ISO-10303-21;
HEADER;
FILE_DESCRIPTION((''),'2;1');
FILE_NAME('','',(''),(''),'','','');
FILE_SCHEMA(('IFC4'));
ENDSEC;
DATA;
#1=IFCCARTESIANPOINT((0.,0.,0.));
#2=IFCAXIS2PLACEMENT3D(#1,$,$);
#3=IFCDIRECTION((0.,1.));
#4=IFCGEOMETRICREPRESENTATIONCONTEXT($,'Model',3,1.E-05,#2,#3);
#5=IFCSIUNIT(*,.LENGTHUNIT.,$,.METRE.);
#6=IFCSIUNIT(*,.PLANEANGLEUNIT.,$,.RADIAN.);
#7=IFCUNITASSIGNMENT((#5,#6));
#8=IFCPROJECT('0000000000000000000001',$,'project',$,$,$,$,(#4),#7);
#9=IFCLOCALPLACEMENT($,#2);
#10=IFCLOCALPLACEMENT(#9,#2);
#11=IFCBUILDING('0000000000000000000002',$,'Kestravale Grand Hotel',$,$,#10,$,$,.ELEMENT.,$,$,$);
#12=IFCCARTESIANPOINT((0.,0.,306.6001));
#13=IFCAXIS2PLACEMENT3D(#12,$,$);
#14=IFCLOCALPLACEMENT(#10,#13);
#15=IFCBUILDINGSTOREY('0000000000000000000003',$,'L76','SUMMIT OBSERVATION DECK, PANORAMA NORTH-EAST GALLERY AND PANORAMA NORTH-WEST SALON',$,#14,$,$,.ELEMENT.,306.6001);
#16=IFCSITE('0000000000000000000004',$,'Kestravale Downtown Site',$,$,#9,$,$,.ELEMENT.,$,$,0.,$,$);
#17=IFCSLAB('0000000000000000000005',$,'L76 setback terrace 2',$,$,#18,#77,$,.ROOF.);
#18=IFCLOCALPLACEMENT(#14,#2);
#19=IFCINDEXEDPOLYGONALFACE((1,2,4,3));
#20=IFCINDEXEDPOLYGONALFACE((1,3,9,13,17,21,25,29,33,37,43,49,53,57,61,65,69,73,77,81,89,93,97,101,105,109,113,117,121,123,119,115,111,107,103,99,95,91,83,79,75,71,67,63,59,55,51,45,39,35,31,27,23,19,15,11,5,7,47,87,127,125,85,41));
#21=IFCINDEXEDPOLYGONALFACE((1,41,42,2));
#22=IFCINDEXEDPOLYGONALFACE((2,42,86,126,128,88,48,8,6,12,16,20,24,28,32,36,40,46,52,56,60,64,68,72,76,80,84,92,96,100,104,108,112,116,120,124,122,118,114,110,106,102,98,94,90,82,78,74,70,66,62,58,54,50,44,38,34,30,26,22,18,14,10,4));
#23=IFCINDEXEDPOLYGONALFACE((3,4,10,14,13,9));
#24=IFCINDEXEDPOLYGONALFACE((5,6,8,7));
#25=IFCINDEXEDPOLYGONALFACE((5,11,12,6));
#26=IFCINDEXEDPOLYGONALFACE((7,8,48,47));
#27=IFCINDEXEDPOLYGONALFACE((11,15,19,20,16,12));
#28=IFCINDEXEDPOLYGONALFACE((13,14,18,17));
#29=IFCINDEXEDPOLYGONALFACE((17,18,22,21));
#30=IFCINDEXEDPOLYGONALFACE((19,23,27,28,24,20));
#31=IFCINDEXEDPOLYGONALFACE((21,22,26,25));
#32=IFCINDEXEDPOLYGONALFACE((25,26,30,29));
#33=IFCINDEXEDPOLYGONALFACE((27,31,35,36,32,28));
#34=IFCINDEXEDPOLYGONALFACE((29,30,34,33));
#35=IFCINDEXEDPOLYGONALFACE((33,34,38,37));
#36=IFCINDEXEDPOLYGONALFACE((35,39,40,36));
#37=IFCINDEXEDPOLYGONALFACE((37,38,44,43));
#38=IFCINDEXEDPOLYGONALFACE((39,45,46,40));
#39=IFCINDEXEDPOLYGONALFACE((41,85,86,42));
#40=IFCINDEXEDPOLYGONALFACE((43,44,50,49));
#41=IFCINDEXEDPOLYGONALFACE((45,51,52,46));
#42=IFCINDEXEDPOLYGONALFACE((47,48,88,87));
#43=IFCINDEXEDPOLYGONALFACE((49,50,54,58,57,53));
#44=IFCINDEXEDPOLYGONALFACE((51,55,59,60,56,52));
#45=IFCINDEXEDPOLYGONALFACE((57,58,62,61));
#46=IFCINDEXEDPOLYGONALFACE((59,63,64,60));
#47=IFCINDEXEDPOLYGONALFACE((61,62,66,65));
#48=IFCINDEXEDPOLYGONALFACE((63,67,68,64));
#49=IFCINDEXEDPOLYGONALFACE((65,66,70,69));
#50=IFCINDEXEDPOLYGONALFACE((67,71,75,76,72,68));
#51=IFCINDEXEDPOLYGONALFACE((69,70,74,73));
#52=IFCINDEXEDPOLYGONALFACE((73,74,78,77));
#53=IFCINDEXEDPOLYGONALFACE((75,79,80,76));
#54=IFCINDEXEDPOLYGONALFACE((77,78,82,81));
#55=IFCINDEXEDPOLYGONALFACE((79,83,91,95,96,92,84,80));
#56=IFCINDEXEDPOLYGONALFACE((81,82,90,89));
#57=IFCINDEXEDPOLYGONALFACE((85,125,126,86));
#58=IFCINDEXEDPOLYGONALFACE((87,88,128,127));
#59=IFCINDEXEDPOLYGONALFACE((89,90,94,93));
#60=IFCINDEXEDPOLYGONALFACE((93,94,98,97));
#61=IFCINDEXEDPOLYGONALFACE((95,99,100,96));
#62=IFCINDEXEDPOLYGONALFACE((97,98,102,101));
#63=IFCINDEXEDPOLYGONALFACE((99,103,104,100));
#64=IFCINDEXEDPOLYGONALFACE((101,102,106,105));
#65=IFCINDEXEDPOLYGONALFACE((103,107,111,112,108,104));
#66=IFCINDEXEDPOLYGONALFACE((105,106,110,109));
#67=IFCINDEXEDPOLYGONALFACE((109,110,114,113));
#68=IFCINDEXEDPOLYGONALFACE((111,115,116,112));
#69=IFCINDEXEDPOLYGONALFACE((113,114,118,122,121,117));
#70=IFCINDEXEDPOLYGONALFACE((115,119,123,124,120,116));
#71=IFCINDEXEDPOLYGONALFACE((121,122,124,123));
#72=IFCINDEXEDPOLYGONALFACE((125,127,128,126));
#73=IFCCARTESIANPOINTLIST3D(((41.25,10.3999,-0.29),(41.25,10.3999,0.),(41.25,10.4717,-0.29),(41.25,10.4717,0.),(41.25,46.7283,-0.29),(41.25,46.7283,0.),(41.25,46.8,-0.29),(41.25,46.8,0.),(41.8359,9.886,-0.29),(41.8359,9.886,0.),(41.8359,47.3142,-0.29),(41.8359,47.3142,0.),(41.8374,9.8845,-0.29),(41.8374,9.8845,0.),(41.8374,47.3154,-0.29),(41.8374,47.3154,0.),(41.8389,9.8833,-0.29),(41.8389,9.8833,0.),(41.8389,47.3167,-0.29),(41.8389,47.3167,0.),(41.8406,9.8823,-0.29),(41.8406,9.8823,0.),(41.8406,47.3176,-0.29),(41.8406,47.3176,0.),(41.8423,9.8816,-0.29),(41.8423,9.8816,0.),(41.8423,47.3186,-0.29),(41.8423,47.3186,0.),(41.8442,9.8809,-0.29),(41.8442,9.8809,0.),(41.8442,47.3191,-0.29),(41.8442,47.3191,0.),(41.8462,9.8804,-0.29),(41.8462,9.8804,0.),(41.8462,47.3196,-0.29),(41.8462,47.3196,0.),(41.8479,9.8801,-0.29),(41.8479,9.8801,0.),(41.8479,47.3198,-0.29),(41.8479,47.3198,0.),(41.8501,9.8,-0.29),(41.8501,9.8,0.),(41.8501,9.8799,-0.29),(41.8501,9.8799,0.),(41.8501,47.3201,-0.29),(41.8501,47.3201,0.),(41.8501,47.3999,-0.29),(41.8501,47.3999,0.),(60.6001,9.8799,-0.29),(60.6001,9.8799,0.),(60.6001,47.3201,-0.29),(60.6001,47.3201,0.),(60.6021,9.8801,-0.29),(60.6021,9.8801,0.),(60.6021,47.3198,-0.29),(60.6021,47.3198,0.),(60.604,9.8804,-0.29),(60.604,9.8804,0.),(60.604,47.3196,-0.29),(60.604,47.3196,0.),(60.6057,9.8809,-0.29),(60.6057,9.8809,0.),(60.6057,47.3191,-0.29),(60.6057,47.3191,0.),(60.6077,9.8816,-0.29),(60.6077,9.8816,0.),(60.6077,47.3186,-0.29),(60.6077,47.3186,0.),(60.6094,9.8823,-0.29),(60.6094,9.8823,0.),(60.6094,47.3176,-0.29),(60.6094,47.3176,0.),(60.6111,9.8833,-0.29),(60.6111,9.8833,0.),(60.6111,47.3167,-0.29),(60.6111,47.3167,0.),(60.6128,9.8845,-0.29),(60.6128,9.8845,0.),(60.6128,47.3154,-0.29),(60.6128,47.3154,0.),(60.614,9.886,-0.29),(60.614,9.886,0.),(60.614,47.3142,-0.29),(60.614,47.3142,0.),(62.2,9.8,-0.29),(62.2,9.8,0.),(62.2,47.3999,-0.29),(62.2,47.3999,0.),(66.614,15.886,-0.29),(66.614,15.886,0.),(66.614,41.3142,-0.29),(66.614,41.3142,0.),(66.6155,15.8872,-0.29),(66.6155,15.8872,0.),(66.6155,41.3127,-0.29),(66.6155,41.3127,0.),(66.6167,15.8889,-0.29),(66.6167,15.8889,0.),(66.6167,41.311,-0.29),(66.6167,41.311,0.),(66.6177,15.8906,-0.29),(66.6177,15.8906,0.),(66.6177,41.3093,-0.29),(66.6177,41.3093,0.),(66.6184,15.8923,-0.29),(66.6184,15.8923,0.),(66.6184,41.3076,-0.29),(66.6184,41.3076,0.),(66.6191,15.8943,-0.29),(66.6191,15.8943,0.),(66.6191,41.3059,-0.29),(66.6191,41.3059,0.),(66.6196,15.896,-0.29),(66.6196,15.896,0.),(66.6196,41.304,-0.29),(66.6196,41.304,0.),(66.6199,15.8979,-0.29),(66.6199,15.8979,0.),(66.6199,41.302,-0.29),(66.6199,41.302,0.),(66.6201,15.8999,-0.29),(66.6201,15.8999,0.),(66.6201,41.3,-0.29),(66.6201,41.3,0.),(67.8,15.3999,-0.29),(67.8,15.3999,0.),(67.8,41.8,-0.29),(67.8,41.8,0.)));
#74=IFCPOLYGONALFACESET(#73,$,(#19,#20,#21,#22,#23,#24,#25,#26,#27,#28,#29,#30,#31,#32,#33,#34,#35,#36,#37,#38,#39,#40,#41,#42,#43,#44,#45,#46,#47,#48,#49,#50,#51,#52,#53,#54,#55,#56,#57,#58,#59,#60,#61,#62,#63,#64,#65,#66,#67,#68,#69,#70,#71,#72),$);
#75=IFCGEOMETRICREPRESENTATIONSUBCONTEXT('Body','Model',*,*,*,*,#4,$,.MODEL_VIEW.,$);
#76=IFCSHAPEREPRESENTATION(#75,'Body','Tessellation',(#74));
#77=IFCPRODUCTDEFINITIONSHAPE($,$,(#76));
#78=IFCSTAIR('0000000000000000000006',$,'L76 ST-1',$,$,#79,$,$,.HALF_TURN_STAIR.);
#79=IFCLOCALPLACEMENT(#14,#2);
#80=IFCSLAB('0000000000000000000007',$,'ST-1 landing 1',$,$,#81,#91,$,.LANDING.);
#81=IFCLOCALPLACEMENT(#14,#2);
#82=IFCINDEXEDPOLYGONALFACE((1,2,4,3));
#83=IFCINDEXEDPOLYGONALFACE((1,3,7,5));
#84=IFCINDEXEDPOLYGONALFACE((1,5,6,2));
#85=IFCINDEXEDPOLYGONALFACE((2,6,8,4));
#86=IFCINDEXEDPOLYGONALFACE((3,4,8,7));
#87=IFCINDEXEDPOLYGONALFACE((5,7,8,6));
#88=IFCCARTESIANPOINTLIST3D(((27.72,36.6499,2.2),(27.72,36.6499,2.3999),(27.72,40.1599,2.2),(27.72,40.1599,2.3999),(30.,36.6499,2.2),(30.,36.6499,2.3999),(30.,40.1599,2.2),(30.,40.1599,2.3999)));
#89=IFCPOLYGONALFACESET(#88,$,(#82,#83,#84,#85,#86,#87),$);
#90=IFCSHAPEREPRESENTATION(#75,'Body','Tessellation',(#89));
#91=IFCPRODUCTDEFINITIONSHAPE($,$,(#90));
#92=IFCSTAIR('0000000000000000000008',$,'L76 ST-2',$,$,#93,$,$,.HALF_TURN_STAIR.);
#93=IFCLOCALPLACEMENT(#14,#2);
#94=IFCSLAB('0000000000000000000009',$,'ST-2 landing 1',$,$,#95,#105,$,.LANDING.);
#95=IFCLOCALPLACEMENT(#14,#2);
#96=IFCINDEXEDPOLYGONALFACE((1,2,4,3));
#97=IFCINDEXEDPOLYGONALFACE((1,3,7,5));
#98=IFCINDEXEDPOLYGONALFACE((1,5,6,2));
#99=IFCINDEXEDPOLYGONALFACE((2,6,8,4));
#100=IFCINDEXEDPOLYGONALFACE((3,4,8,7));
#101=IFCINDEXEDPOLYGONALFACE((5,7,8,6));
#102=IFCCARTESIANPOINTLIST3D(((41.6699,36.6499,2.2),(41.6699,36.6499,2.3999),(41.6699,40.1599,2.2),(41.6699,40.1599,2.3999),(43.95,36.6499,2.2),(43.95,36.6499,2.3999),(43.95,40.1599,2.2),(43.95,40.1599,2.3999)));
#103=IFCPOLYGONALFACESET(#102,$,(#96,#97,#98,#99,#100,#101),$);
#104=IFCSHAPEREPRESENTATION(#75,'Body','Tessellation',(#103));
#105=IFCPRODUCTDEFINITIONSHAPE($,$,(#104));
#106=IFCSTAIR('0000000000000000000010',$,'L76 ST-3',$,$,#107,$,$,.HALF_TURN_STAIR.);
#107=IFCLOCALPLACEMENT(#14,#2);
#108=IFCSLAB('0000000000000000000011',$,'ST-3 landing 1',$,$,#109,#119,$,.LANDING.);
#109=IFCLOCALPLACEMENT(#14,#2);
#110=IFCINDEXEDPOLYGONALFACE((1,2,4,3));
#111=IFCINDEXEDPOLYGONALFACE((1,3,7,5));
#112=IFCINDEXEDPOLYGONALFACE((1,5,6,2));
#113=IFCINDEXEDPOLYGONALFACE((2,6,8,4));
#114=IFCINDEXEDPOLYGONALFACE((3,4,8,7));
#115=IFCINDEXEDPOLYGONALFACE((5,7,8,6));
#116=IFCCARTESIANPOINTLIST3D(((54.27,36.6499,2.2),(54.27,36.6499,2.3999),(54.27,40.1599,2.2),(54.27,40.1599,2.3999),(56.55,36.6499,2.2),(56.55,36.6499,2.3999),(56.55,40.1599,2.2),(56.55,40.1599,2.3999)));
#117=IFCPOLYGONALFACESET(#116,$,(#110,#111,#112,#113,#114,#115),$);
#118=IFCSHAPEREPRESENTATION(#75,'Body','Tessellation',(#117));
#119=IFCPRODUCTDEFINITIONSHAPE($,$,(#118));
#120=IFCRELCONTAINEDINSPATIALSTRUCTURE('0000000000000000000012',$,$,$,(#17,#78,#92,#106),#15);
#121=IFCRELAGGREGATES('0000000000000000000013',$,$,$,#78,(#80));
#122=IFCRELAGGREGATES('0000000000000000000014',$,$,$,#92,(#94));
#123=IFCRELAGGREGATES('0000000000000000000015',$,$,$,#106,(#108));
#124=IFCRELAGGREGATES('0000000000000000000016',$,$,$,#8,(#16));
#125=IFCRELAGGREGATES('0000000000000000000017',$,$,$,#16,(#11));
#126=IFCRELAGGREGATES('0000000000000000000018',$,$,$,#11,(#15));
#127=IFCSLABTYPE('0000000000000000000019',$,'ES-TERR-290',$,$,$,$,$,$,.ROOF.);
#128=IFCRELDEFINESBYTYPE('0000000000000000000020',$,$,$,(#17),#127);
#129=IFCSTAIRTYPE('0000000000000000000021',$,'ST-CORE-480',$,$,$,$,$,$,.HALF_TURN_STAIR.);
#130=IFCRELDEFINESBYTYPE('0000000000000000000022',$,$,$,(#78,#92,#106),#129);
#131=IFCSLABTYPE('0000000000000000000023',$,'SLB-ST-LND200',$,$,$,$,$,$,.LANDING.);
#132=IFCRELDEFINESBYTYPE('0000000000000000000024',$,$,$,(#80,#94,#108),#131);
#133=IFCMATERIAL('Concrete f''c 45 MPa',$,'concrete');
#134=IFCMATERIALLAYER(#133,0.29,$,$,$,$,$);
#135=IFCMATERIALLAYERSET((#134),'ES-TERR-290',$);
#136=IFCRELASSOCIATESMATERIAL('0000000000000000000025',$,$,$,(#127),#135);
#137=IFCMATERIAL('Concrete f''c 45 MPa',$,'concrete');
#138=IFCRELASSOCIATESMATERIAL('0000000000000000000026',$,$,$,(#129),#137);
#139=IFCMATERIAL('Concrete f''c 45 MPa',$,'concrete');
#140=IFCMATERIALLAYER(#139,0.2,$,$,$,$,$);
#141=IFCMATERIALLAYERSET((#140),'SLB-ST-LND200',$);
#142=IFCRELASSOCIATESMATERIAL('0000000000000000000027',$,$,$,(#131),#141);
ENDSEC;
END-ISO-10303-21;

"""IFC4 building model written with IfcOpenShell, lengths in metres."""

from ifc_helpers import new_model, si_unit, direction, frame, origin, place, context, subcontext, project, spatial, polyline, outline, extrude, material, layer, layer_set, type_object, element, aggregate, save


model = new_model("IFC4")

# Units and contexts
model_context = context("Model", 3, precision=1e-05, world=origin(), true_north=direction((0.0, 1.0)))
body_context = subcontext(model_context, "Body", "Model", "MODEL_VIEW")
ifc_project = project(units=[si_unit("LENGTHUNIT", "METRE"), si_unit("PLANEANGLEUNIT", "RADIAN")], contexts=[model_context])

# Site, building, storey
site_placement = place(None, origin())
site = spatial("IfcSite", under=ifc_project, at=site_placement, Name="Kestravale Downtown Site", CompositionType="ELEMENT", RefElevation=0.0)
building_placement = place(site_placement, origin())
building = spatial("IfcBuilding", under=site, at=building_placement, Name="Kestravale Grand Hotel", CompositionType="ELEMENT")
storey_placement = place(building_placement, frame((0.0, 0.0, 306.6001)))
storey = spatial("IfcBuildingStorey", under=building, at=storey_placement, Name="L76", Description="SUMMIT OBSERVATION DECK, PANORAMA NORTH-EAST GALLERY AND PANORAMA NORTH-WEST SALON", CompositionType="ELEMENT", Elevation=306.6001)

# Slab
ifc_material_1 = material(Name="Concrete f'c 45 MPa", Category="concrete")
ifc_layer_1 = layer(ifc_material_1, 0.29)
ifc_layer_set_1 = layer_set([ifc_layer_1], Name="ES-TERR-290")
slab_type_1 = type_object("IfcSlabType", Name="ES-TERR-290", PredefinedType="ROOF", material=ifc_layer_set_1)
slab_1_placement = place(storey_placement, frame((0.0, 0.0, -0.29)))
element("IfcSlab", 1, at=slab_1_placement, inside=storey, type_object=slab_type_1, Name="L76 setback terrace 2", PredefinedType="ROOF", context=body_context, shape_type="SweptSolid", body=[
    extrude(outline(polyline([(41.25, 46.8), (41.8501, 47.3999), (62.2, 47.3999), (67.8, 41.8), (67.8, 15.3999), (62.2, 9.8), (41.8501, 9.8), (41.25, 10.3999), (41.25, 10.4717), (41.8359, 9.886), (41.8374, 9.8845), (41.8389, 9.8833), (41.8406, 9.8823), (41.8423, 9.8816), (41.8442, 9.8809), (41.8462, 9.8804), (41.8479, 9.8801), (41.8501, 9.8799), (60.6001, 9.8799), (60.6021, 9.8801), (60.604, 9.8804), (60.6057, 9.8809), (60.6077, 9.8816), (60.6094, 9.8823), (60.6111, 9.8833), (60.6128, 9.8845), (60.614, 9.886), (66.614, 15.886), (66.6155, 15.8872), (66.6167, 15.8889), (66.6177, 15.8906), (66.6184, 15.8923), (66.6191, 15.8943), (66.6196, 15.896), (66.6199, 15.8979), (66.6201, 15.8999), (66.6201, 41.3), (66.6199, 41.302), (66.6196, 41.304), (66.6191, 41.3059), (66.6184, 41.3076), (66.6177, 41.3093), (66.6167, 41.311), (66.6155, 41.3127), (66.614, 41.3142), (60.614, 47.3142), (60.6128, 47.3154), (60.6111, 47.3167), (60.6094, 47.3176), (60.6077, 47.3186), (60.6057, 47.3191), (60.604, 47.3196), (60.6021, 47.3198), (60.6001, 47.3201), (41.8501, 47.3201), (41.8479, 47.3198), (41.8462, 47.3196), (41.8442, 47.3191), (41.8423, 47.3186), (41.8406, 47.3176), (41.8389, 47.3167), (41.8374, 47.3154), (41.8359, 47.3142), (41.25, 46.7283), (41.25, 46.8)])), origin(), (0.0, 0.0, 1.0), 0.29),
])

# Stairs, slabs
ifc_material_2 = material(Name="Concrete f'c 45 MPa", Category="concrete")
stair_type = type_object("IfcStairType", Name="ST-CORE-480", PredefinedType="HALF_TURN_STAIR", material=ifc_material_2)
stair_1_placement = place(storey_placement, origin())
stair_1 = element("IfcStair", 2, at=stair_1_placement, inside=storey, type_object=stair_type, Name="L76 ST-1", PredefinedType="HALF_TURN_STAIR")
ifc_material_3 = material(Name="Concrete f'c 45 MPa", Category="concrete")
ifc_layer_2 = layer(ifc_material_3, 0.2)
ifc_layer_set_2 = layer_set([ifc_layer_2], Name="SLB-ST-LND200")
slab_type_2 = type_object("IfcSlabType", Name="SLB-ST-LND200", PredefinedType="LANDING", material=ifc_layer_set_2)
slab_2_placement = place(storey_placement, frame((0.0, 0.0, 2.2)))
slab_2 = element("IfcSlab", 3, at=slab_2_placement, type_object=slab_type_2, Name="ST-1 landing 1", PredefinedType="LANDING", context=body_context, shape_type="SweptSolid", body=[
    extrude(outline(polyline([(27.72, 36.6499), (30.0, 36.6499), (30.0, 40.1599), (27.72, 40.1599), (27.72, 36.6499)])), origin(), (0.0, 0.0, 1.0), 0.2),
])
aggregate(stair_1, [slab_2])
stair_2_placement = place(storey_placement, origin())
stair_2 = element("IfcStair", 4, at=stair_2_placement, inside=storey, type_object=stair_type, Name="L76 ST-2", PredefinedType="HALF_TURN_STAIR")
slab_3_placement = place(storey_placement, frame((0.0, 0.0, 2.2)))
slab_3 = element("IfcSlab", 5, at=slab_3_placement, type_object=slab_type_2, Name="ST-2 landing 1", PredefinedType="LANDING", context=body_context, shape_type="SweptSolid", body=[
    extrude(outline(polyline([(41.6699, 36.6499), (43.95, 36.6499), (43.95, 40.1599), (41.6699, 40.1599), (41.6699, 36.6499)])), origin(), (0.0, 0.0, 1.0), 0.2),
])
aggregate(stair_2, [slab_3])
stair_3_placement = place(storey_placement, origin())
stair_3 = element("IfcStair", 6, at=stair_3_placement, inside=storey, type_object=stair_type, Name="L76 ST-3", PredefinedType="HALF_TURN_STAIR")
slab_4_placement = place(storey_placement, frame((0.0, 0.0, 2.2)))
slab_4 = element("IfcSlab", 7, at=slab_4_placement, type_object=slab_type_2, Name="ST-3 landing 1", PredefinedType="LANDING", context=body_context, shape_type="SweptSolid", body=[
    extrude(outline(polyline([(54.27, 36.6499), (56.55, 36.6499), (56.55, 40.1599), (54.27, 40.1599), (54.27, 36.6499)])), origin(), (0.0, 0.0, 1.0), 0.2),
])
aggregate(stair_3, [slab_4])

save(model, "model.ifc")
